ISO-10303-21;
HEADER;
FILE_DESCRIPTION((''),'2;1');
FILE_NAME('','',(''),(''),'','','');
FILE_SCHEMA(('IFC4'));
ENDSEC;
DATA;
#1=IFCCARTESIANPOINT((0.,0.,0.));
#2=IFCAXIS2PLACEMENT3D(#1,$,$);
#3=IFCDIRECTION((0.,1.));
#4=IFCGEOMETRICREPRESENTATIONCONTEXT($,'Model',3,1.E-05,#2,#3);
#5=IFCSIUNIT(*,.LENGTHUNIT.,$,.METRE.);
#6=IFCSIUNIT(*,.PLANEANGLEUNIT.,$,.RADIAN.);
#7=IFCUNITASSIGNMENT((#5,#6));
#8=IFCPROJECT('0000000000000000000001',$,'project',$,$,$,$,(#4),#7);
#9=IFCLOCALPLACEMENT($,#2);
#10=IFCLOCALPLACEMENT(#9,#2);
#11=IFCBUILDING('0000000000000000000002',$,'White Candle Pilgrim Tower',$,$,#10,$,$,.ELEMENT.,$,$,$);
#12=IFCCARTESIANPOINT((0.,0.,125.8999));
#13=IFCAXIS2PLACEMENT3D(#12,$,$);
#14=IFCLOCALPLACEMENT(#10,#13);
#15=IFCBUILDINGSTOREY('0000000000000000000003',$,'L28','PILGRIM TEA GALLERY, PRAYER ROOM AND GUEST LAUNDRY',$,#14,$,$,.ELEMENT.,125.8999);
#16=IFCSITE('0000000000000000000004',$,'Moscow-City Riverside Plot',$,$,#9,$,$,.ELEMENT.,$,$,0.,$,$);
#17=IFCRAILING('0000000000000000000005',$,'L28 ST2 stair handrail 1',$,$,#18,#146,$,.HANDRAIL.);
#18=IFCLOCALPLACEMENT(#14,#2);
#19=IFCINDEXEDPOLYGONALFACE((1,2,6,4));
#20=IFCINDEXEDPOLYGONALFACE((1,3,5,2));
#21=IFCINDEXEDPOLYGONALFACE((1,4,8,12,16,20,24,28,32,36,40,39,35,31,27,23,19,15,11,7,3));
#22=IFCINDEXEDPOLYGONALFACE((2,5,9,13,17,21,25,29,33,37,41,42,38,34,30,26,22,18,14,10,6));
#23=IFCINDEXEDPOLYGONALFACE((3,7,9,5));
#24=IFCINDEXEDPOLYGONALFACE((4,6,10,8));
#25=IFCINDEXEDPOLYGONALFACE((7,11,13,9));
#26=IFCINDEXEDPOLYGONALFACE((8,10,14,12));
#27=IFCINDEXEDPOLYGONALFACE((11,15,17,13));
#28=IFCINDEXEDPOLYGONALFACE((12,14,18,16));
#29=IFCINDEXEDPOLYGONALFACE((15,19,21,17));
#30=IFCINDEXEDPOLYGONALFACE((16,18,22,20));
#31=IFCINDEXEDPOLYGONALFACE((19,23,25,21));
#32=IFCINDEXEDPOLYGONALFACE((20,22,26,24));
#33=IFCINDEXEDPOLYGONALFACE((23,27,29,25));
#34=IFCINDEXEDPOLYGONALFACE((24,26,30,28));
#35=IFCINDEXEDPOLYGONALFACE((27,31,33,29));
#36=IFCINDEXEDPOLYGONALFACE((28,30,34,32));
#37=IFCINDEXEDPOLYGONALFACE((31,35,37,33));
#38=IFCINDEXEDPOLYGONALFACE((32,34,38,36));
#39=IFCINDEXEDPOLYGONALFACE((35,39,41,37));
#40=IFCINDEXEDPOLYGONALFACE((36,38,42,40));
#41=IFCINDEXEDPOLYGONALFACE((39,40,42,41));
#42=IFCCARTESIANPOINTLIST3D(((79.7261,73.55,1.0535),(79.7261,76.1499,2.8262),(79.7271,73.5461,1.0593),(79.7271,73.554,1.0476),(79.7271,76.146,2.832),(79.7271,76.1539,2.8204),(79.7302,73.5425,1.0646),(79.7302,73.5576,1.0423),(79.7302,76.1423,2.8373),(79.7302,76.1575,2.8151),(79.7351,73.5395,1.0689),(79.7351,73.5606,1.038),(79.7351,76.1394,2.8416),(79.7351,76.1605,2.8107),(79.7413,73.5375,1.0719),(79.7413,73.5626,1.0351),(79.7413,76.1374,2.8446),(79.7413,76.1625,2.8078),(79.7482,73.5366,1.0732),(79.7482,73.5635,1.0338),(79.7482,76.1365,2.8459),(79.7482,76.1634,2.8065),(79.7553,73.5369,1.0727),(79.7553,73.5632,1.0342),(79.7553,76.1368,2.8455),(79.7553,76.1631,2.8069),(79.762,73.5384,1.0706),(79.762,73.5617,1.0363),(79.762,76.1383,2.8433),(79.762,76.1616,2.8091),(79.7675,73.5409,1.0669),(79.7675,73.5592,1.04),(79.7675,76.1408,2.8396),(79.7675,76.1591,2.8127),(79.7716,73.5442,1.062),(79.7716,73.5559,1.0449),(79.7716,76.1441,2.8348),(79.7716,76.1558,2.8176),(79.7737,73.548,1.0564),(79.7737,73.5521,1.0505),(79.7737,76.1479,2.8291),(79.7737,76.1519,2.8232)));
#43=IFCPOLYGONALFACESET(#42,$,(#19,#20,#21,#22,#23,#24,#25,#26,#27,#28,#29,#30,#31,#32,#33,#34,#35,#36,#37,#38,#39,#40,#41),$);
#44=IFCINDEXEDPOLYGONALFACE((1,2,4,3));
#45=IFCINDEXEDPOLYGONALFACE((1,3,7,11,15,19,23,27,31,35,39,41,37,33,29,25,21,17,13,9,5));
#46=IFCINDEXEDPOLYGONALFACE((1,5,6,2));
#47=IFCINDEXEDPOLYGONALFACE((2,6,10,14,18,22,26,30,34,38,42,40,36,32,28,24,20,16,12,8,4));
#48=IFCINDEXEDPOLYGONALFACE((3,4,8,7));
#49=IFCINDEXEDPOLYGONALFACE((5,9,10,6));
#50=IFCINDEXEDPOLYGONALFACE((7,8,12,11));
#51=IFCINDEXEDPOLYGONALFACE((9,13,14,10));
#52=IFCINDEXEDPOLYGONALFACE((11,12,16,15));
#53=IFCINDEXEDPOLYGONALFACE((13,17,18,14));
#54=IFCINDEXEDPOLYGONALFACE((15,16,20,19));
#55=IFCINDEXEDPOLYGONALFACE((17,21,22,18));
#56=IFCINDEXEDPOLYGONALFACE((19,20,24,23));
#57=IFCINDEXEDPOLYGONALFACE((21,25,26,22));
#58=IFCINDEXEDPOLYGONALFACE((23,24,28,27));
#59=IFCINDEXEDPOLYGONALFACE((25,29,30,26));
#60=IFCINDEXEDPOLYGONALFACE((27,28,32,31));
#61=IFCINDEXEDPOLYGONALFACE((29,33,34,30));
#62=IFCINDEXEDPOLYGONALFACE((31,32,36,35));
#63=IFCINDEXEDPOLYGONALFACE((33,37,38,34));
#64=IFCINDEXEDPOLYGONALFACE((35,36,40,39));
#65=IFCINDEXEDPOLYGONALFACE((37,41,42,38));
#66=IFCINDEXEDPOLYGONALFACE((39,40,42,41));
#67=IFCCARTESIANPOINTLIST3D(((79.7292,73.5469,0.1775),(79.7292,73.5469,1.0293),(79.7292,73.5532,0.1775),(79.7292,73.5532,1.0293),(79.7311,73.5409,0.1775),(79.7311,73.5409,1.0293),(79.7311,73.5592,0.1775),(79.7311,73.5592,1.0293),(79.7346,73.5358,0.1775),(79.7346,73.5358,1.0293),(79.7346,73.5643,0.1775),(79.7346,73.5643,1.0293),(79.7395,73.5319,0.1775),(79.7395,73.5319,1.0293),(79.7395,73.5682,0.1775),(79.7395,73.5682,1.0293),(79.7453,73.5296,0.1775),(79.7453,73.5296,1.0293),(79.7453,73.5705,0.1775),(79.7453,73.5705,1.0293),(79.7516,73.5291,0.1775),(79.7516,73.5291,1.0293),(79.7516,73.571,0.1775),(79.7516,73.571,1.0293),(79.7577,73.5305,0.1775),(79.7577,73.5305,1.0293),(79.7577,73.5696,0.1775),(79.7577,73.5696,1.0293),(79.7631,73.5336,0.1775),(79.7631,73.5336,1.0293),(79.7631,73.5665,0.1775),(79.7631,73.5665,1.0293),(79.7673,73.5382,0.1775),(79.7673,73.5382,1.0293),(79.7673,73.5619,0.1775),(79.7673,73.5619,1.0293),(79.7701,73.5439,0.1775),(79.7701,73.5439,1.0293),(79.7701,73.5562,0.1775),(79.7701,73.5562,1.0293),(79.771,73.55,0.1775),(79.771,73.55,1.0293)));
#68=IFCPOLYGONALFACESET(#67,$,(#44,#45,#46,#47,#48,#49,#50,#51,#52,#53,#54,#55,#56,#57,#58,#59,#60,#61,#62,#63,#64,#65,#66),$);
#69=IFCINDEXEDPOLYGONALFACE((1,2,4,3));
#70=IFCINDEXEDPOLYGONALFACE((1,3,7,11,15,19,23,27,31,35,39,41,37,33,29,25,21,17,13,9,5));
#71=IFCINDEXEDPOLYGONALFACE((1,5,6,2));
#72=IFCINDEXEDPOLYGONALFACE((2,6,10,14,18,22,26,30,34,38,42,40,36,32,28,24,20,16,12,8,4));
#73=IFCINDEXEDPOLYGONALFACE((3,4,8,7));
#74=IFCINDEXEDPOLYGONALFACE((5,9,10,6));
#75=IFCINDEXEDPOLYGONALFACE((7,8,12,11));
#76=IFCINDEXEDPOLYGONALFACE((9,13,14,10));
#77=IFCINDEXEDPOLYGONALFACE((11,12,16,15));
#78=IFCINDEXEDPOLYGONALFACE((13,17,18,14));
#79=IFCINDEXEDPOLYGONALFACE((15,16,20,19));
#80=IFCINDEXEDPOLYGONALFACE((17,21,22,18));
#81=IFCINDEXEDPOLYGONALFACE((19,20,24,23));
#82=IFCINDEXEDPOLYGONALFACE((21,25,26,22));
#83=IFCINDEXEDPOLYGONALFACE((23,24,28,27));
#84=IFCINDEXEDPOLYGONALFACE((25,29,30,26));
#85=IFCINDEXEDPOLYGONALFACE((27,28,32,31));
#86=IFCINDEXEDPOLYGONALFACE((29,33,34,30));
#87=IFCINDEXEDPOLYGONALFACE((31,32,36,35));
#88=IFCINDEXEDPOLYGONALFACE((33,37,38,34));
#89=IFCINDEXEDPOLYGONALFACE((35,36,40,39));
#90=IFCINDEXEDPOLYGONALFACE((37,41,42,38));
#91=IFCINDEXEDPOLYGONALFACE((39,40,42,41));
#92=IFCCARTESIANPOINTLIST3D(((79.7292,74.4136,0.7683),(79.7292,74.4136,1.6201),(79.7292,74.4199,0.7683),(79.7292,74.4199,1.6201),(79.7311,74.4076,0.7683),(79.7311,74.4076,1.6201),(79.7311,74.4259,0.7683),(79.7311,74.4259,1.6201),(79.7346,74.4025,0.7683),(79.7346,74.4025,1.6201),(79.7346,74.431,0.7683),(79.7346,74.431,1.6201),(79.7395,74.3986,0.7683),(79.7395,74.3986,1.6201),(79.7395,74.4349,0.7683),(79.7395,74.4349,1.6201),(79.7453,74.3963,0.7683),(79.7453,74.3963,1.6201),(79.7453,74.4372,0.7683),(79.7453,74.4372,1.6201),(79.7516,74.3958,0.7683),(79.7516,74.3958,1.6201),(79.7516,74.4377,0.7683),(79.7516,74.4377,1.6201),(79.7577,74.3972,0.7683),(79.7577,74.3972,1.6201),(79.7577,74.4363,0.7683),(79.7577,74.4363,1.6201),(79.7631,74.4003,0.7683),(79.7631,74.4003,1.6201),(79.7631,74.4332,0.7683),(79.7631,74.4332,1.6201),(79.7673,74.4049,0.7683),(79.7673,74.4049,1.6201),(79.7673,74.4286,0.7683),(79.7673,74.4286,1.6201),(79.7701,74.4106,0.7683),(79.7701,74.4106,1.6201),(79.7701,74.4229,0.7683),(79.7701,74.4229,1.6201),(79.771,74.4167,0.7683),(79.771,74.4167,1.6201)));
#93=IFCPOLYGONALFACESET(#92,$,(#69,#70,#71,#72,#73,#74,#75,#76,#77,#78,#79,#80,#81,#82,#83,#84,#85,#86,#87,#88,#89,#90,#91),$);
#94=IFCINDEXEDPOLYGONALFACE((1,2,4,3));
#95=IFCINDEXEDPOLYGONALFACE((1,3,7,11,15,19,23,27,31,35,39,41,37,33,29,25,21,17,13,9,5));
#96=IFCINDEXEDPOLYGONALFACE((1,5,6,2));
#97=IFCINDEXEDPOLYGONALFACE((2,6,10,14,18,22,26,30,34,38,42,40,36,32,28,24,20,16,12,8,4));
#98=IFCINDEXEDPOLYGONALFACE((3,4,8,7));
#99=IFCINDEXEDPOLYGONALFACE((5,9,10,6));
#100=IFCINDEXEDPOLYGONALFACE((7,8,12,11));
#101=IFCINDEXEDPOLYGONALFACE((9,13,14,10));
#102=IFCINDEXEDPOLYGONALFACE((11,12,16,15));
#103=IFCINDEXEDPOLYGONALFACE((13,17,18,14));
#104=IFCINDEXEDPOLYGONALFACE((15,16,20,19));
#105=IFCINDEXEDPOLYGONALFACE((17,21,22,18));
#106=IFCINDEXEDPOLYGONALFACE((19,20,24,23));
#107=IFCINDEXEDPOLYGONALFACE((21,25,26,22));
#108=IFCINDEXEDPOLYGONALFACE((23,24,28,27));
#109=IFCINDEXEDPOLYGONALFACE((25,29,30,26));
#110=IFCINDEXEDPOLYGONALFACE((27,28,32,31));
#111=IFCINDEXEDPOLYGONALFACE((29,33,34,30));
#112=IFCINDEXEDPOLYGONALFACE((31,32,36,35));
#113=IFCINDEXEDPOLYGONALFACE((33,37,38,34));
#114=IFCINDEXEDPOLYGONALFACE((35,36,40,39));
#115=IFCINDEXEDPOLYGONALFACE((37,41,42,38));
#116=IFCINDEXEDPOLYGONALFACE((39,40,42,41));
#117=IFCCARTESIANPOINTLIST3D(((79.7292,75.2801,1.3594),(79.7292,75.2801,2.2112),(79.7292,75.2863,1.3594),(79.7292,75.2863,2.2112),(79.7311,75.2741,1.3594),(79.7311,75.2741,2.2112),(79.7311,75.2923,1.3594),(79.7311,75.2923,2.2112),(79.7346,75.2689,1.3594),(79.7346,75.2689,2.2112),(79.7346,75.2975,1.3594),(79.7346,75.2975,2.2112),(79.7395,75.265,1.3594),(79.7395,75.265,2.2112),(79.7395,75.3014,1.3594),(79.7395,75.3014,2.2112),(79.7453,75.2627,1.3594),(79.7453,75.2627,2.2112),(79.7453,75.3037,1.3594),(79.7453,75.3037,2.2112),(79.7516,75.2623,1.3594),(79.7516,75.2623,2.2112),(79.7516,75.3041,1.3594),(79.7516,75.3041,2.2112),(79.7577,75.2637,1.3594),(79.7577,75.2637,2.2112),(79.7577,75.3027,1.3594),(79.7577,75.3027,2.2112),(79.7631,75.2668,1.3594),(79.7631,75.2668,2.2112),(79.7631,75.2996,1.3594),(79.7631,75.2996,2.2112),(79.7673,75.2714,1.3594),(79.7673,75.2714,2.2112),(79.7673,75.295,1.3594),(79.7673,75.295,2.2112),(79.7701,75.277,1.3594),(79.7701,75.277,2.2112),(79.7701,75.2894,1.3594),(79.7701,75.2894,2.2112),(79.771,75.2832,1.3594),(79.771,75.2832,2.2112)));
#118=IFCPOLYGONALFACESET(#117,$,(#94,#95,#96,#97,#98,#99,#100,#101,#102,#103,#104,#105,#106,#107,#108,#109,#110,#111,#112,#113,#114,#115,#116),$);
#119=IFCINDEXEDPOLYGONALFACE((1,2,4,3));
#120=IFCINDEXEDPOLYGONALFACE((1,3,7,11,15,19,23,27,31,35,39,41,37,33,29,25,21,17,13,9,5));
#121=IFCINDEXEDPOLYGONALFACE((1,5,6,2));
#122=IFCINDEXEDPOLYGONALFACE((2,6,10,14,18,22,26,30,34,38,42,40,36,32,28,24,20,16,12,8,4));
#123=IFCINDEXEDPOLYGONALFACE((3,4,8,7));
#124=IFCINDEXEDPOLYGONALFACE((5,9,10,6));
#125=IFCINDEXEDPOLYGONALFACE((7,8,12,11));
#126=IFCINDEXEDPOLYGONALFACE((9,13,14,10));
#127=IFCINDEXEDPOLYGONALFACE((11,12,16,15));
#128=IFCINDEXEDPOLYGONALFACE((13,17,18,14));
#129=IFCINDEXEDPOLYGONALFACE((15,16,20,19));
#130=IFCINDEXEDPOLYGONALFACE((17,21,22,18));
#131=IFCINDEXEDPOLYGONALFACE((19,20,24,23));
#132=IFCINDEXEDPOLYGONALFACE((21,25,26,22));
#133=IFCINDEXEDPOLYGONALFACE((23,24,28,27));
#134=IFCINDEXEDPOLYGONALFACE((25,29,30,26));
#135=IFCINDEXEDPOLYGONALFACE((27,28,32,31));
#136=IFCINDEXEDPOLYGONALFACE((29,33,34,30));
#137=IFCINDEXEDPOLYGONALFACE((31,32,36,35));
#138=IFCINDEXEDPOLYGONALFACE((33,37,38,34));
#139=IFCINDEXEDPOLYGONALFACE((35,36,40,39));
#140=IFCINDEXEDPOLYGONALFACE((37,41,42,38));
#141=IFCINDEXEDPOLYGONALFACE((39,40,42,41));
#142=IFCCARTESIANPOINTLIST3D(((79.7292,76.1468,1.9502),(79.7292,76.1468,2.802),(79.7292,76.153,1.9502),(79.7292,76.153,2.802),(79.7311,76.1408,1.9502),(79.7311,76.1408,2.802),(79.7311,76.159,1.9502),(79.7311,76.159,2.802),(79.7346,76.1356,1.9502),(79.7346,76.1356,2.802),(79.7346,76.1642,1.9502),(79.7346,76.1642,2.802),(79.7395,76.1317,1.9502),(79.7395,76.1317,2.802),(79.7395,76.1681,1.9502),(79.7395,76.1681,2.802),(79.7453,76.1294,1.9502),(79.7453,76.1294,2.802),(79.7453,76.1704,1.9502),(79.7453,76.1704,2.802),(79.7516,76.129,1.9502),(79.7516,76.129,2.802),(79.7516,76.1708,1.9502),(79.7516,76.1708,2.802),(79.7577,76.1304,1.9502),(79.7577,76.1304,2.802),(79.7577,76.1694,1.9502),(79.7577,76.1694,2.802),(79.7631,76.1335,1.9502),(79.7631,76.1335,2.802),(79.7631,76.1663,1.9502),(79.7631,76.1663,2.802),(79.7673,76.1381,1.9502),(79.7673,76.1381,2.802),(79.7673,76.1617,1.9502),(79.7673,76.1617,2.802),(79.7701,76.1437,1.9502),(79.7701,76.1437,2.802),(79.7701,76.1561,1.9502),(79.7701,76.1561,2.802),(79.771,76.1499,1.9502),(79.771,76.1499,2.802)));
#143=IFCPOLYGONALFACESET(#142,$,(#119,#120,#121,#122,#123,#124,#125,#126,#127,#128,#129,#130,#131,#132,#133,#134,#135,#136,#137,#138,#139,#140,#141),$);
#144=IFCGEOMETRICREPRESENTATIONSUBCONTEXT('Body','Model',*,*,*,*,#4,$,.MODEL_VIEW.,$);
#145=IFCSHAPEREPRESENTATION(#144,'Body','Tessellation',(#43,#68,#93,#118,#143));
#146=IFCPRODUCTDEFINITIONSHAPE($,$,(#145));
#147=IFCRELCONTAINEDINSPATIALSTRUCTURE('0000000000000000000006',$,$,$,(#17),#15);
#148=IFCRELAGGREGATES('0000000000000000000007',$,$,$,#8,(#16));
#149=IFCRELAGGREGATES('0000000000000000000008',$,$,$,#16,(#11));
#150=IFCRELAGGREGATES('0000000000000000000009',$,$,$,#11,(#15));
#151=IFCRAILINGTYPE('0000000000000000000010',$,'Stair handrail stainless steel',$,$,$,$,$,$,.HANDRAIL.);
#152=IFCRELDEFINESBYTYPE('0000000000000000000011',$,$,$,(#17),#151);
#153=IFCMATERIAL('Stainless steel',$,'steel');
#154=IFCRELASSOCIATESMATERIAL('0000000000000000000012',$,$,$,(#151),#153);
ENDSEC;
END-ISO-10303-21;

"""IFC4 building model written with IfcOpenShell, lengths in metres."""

from ifc_helpers import new_model, si_unit, direction, frame, origin, origin_2d, place, context, subcontext, project, spatial, circle, extrude, material, type_object, element, save


model = new_model("IFC4")

# Units and contexts
model_context = context("Model", 3, precision=1e-05, world=origin(), true_north=direction((0.0, 1.0)))
body_context = subcontext(model_context, "Body", "Model", "MODEL_VIEW")
ifc_project = project(units=[si_unit("LENGTHUNIT", "METRE"), si_unit("PLANEANGLEUNIT", "RADIAN")], contexts=[model_context])

# Site, building, storey
site_placement = place(None, origin())
site = spatial("IfcSite", under=ifc_project, at=site_placement, Name="Moscow-City Riverside Plot", CompositionType="ELEMENT", RefElevation=0.0)
building_placement = place(site_placement, origin())
building = spatial("IfcBuilding", under=site, at=building_placement, Name="White Candle Pilgrim Tower", CompositionType="ELEMENT")
storey_placement = place(building_placement, frame((0.0, 0.0, 125.8999)))
storey = spatial("IfcBuildingStorey", under=building, at=storey_placement, Name="L28", Description="PILGRIM TEA GALLERY, PRAYER ROOM AND GUEST LAUNDRY", CompositionType="ELEMENT", Elevation=125.8999)

# Railing
ifc_material_1 = material(Name="Stainless steel", Category="steel")
railing_type_1 = type_object("IfcRailingType", Name="Stair handrail stainless steel", PredefinedType="HANDRAIL", material=ifc_material_1)
railing_1_placement = place(storey_placement, frame((79.75, 73.55, 0.1775)))
element("IfcRailing", 1, at=railing_1_placement, inside=storey, type_object=railing_type_1, Name="L28 ST2 stair handrail 1", PredefinedType="HANDRAIL", context=body_context, shape_type="SweptSolid", body=[
    extrude(circle(Radius=0.0239, at=origin_2d()), frame((0.0, 0.0, 0.876), z_axis=(0.0, 0.826216, 0.563354), x_axis=(-1.0, 0.0, 0.0)), (0.0, 0.0, 1.0), 3.1467),
    extrude(circle(Radius=0.021, at=origin_2d()), origin(), (0.0, 0.0, 1.0), 0.8518),
    extrude(circle(Radius=0.021, at=origin_2d()), frame((0.0, 0.8667, 0.5908)), (0.0, 0.0, 1.0), 0.8518),
    extrude(circle(Radius=0.021, at=origin_2d()), frame((0.0, 1.7332, 1.1819)), (0.0, 0.0, 1.0), 0.8518),
    extrude(circle(Radius=0.021, at=origin_2d()), frame((0.0, 2.5999, 1.7727)), (0.0, 0.0, 1.0), 0.8518),
])

save(model, "model.ifc")
